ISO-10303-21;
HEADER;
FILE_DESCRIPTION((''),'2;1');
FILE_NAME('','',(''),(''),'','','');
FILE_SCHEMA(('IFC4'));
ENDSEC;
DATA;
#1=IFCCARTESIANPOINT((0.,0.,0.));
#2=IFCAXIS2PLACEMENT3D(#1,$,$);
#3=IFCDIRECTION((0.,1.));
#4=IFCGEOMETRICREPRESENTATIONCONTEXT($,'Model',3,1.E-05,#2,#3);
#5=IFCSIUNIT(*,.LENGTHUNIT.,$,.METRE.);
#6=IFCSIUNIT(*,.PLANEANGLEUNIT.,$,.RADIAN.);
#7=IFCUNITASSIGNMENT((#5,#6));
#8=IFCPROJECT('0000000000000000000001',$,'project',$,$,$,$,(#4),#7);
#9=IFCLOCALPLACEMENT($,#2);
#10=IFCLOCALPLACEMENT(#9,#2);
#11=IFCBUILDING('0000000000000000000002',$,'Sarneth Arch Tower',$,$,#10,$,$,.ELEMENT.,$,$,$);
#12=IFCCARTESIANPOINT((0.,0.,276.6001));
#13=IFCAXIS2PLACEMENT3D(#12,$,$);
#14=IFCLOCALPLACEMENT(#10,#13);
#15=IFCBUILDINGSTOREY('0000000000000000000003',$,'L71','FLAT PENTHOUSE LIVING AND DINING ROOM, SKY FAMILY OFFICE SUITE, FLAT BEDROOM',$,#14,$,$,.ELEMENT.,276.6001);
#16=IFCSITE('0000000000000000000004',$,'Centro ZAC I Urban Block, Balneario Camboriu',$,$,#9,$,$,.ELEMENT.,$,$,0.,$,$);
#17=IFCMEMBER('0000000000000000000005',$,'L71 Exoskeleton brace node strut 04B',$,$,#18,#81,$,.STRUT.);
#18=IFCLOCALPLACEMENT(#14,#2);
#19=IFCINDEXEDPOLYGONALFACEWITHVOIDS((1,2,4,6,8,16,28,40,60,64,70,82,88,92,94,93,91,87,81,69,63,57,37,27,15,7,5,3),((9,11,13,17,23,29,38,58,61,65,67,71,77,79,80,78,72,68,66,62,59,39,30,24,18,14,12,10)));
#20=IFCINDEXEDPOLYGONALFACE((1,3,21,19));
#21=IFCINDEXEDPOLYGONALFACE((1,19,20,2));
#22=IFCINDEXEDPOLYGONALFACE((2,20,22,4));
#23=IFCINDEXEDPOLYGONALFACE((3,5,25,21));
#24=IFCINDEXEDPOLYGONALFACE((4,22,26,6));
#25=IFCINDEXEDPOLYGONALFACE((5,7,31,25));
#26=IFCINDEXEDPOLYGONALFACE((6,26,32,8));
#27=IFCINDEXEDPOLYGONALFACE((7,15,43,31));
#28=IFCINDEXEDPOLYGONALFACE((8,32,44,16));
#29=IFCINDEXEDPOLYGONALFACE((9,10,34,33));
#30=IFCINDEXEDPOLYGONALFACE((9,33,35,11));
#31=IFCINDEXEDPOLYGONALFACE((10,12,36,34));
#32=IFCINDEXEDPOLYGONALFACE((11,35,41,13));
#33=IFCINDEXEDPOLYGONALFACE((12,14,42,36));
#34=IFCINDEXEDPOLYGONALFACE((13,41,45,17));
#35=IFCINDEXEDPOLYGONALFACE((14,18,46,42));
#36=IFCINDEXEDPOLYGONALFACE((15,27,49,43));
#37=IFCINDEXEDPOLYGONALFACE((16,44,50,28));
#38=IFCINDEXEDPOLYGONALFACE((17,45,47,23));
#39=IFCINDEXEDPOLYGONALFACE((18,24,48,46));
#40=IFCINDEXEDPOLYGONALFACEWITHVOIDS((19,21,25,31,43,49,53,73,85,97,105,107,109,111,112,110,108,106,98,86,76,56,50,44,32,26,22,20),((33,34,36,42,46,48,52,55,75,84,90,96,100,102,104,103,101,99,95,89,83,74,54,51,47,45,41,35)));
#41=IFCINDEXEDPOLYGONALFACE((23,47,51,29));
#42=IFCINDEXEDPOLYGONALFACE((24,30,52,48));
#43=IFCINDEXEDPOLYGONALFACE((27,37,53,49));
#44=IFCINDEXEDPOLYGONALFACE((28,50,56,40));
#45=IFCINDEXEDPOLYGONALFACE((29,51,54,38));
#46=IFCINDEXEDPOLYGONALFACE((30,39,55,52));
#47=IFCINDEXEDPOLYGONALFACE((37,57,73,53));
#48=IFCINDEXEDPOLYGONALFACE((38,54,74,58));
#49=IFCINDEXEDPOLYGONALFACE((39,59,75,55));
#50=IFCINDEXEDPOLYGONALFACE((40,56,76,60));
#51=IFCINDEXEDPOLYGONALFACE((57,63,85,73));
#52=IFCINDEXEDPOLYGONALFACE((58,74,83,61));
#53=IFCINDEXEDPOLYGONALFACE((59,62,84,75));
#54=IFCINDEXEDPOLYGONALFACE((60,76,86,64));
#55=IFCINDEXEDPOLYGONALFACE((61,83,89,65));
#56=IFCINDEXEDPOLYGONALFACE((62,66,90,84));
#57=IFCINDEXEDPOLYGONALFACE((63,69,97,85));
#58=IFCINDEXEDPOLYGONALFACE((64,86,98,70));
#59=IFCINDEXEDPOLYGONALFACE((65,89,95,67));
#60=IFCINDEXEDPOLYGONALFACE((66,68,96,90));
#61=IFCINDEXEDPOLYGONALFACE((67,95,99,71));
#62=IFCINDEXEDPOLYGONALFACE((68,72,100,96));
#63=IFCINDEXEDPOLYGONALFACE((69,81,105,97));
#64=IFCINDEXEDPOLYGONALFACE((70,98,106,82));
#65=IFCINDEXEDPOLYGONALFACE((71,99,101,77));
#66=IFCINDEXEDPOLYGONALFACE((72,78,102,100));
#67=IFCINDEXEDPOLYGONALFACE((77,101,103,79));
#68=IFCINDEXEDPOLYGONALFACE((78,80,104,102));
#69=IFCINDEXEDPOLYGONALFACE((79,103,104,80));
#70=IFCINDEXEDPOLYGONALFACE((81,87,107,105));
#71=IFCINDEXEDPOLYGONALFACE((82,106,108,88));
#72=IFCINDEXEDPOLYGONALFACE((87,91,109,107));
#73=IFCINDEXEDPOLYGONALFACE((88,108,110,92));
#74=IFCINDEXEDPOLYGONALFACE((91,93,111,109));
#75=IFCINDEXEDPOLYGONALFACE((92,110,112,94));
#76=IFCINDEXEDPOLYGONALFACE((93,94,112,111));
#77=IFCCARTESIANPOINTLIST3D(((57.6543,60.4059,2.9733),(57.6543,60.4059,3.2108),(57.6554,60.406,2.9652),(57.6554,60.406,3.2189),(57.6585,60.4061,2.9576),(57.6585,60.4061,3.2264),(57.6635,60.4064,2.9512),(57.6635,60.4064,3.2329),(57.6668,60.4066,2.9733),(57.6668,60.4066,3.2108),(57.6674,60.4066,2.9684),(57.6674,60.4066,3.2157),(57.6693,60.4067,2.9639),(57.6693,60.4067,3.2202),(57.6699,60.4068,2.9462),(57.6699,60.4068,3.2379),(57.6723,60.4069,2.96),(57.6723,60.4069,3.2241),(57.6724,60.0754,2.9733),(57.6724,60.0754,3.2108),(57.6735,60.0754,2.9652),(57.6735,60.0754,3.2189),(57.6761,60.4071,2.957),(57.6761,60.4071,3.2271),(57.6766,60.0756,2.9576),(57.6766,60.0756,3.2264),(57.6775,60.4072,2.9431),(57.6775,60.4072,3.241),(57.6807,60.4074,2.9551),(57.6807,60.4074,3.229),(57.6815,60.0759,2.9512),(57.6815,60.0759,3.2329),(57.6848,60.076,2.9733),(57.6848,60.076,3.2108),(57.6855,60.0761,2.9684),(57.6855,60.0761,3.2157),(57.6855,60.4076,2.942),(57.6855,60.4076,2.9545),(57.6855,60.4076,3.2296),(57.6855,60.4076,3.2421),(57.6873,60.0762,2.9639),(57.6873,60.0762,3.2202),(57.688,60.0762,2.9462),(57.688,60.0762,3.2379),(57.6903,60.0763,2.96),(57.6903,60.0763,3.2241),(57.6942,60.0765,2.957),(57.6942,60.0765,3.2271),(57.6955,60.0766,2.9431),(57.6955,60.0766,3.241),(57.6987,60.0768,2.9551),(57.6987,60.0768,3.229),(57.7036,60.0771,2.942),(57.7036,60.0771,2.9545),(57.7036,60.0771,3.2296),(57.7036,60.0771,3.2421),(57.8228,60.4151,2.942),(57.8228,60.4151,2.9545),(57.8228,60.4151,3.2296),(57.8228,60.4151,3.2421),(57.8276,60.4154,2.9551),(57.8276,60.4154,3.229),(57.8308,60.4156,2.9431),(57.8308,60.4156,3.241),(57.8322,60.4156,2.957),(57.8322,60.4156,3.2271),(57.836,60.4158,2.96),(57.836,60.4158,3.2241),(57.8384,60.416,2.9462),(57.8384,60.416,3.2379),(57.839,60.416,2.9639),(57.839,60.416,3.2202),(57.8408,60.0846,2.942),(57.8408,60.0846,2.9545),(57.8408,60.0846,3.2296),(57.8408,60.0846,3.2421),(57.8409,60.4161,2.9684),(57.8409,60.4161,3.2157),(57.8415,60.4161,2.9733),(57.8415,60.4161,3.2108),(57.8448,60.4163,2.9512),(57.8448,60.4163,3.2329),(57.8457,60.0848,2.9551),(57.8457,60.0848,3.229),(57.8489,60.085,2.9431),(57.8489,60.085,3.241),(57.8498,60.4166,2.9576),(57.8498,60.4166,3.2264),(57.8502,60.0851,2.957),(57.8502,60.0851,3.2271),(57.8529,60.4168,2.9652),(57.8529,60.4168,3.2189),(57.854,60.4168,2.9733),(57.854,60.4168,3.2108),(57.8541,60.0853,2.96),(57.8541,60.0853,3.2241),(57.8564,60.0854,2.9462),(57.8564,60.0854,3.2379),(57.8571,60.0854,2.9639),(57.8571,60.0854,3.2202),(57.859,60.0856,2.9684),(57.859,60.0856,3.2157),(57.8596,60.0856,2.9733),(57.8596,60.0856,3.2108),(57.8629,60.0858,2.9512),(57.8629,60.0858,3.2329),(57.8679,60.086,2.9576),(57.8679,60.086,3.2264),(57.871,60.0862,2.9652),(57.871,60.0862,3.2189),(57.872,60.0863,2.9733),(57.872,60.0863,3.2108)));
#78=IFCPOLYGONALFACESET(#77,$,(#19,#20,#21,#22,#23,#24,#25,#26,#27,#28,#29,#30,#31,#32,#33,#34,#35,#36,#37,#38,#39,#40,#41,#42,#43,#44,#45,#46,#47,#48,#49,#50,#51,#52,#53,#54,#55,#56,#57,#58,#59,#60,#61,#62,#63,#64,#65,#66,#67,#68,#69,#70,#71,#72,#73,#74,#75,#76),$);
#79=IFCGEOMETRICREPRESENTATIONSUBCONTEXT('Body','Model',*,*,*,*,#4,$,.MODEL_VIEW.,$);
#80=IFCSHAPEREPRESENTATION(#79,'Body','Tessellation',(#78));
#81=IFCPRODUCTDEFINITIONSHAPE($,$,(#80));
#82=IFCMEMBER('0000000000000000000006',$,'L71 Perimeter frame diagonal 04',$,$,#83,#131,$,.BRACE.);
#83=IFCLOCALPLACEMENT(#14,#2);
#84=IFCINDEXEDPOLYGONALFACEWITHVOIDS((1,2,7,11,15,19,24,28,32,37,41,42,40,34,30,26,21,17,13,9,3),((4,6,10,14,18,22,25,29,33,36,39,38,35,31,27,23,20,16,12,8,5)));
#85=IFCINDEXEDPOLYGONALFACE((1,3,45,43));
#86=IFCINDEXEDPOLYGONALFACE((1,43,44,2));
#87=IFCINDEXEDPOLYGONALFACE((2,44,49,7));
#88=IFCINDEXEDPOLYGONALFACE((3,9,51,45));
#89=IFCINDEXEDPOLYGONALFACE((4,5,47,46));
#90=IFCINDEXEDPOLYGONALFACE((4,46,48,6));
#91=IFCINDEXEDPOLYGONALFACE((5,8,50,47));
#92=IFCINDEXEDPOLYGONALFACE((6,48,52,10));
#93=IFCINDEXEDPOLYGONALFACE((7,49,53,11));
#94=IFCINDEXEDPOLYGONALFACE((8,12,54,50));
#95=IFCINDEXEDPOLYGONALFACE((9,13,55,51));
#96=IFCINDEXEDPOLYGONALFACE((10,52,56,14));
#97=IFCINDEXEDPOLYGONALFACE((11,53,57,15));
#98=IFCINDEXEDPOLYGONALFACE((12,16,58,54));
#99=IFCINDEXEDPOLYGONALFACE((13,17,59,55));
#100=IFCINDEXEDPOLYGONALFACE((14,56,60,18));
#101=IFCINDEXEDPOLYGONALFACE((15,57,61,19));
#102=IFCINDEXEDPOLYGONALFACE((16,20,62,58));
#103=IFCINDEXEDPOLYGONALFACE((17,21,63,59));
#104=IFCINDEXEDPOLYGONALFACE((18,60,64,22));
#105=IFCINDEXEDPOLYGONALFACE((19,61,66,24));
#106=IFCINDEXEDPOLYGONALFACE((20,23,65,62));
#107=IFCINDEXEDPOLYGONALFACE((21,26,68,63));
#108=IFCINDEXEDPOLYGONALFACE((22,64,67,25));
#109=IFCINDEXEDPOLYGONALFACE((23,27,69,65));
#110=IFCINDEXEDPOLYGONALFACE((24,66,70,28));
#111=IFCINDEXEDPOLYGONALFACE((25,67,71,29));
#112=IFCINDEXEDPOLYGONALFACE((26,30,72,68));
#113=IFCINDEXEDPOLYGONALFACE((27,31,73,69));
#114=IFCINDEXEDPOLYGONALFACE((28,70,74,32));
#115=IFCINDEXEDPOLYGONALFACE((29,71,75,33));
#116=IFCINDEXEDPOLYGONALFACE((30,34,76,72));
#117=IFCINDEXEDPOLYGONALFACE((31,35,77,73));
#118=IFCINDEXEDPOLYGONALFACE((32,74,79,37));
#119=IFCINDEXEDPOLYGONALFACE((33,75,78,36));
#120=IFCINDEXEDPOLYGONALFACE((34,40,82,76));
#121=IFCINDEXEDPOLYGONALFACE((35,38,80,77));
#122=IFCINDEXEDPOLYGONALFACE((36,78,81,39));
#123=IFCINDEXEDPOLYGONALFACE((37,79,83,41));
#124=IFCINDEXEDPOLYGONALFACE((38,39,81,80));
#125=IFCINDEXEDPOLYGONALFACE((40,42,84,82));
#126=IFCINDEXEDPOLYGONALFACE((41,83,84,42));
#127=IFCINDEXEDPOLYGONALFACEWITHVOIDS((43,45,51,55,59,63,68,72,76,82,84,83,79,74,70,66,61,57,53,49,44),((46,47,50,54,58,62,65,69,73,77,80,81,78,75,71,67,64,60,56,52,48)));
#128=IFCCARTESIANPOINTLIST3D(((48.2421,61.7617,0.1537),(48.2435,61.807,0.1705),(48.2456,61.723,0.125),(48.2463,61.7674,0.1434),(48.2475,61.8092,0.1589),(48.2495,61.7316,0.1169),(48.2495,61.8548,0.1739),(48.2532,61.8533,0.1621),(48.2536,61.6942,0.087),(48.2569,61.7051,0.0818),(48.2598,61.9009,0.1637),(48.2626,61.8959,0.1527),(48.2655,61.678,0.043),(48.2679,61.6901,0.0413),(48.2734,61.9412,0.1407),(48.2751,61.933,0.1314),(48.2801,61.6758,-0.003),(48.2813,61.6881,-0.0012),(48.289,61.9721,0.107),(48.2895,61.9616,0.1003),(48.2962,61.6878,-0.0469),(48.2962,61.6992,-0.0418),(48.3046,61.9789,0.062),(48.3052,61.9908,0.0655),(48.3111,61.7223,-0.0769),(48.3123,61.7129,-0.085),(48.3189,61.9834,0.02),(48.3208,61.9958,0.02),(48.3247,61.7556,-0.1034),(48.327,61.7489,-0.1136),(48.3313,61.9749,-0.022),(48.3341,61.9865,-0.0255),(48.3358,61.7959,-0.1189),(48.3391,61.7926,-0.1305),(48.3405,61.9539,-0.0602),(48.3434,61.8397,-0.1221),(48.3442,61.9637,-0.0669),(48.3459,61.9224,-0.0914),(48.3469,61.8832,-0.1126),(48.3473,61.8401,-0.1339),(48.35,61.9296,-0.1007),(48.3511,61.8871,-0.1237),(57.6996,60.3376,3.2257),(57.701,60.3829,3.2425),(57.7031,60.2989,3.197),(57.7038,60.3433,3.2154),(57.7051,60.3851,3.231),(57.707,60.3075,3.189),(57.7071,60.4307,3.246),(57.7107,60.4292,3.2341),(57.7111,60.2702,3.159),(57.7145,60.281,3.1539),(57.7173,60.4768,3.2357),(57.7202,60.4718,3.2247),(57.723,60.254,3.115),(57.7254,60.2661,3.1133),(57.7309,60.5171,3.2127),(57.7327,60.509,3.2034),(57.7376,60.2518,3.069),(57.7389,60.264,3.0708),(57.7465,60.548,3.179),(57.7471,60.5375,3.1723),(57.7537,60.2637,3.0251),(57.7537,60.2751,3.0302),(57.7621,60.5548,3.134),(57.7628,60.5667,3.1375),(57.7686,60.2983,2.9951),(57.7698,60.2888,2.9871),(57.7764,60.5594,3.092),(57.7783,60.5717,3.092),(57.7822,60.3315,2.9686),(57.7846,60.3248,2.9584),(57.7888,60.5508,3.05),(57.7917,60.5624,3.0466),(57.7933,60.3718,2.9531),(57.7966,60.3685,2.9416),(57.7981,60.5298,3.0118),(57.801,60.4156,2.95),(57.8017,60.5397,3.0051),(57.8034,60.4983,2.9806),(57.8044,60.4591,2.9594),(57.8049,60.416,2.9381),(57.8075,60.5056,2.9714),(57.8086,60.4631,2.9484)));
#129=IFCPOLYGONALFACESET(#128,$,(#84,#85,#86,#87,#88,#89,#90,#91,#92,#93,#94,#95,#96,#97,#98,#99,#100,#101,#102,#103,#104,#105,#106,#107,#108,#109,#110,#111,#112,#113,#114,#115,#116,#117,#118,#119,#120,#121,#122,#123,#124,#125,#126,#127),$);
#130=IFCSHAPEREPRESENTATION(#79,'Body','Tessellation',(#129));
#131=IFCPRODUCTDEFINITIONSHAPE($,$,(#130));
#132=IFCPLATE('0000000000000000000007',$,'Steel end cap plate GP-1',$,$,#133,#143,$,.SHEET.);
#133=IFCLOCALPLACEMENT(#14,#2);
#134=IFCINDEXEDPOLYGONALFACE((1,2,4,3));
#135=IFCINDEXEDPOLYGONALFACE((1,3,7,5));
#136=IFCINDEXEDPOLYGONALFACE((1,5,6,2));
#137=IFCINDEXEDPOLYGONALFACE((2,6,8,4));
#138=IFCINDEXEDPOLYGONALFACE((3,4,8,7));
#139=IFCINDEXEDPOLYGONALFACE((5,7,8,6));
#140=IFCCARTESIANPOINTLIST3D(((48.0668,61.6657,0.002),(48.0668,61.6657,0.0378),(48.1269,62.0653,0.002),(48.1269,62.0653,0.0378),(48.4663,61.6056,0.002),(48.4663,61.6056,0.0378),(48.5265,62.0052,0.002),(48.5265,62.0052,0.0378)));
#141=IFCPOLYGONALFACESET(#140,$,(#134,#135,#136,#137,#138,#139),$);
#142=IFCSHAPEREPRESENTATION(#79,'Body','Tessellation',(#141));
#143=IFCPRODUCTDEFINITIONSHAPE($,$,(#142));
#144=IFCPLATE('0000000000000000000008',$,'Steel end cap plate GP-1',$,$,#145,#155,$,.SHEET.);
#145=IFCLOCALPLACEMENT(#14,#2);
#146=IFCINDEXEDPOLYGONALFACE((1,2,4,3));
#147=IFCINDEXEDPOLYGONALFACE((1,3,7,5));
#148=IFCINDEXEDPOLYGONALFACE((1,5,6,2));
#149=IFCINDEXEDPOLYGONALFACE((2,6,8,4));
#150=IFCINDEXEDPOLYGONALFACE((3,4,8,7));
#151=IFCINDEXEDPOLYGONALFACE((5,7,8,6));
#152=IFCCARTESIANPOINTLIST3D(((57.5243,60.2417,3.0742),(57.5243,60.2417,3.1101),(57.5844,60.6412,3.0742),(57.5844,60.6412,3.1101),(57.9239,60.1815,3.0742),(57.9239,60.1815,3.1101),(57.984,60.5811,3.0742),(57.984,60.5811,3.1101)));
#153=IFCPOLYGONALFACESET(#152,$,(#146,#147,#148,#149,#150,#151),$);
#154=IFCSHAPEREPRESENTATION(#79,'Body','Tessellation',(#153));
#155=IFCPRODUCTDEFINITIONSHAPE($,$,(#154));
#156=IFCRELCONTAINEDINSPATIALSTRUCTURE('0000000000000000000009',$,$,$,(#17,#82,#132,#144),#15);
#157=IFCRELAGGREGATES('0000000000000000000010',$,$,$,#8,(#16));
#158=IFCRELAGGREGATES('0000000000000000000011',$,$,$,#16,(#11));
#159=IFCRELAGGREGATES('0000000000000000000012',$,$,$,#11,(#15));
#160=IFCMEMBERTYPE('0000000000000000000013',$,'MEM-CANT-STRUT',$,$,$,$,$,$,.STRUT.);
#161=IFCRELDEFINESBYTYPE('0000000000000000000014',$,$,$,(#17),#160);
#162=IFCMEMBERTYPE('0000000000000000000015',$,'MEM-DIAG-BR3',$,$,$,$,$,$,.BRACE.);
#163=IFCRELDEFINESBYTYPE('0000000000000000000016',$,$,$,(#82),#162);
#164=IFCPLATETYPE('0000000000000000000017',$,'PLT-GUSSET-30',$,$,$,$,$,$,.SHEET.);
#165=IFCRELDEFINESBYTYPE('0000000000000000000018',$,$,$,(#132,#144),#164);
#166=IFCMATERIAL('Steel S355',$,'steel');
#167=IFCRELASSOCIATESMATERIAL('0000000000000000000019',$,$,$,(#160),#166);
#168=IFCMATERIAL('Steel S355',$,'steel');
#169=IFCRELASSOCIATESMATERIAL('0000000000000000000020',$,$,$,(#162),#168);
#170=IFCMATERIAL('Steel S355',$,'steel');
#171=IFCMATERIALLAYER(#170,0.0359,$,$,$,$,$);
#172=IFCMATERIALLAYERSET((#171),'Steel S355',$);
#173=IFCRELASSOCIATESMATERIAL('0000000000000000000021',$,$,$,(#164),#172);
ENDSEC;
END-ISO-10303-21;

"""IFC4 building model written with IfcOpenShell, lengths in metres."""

from ifc_helpers import new_model, si_unit, direction, frame, origin, origin_2d, place, context, subcontext, project, spatial, rectangle, hollow_rectangle, hollow_circle, extrude, material, layer, layer_set, material_profile, profile_set, type_object, element, save


model = new_model("IFC4")

# Units and contexts
model_context = context("Model", 3, precision=1e-05, world=origin(), true_north=direction((0.0, 1.0)))
body_context = subcontext(model_context, "Body", "Model", "MODEL_VIEW")
ifc_project = project(units=[si_unit("LENGTHUNIT", "METRE"), si_unit("PLANEANGLEUNIT", "RADIAN")], contexts=[model_context])

# Site, building, storey
site_placement = place(None, origin())
site = spatial("IfcSite", under=ifc_project, at=site_placement, Name="Centro ZAC I Urban Block, Balneario Camboriu", CompositionType="ELEMENT", RefElevation=0.0)
building_placement = place(site_placement, origin())
building = spatial("IfcBuilding", under=site, at=building_placement, Name="Sarneth Arch Tower", CompositionType="ELEMENT")
storey_placement = place(building_placement, frame((0.0, 0.0, 276.6001)))
storey = spatial("IfcBuildingStorey", under=building, at=storey_placement, Name="L71", Description="FLAT PENTHOUSE LIVING AND DINING ROOM, SKY FAMILY OFFICE SUITE, FLAT BEDROOM", CompositionType="ELEMENT", Elevation=276.6001)

# Members
ifc_material_1 = material(Name="Steel S355", Category="steel")
ifc_material_profile_1 = material_profile(ifc_material_1, hollow_rectangle(XDim=0.2, YDim=0.3, WallThickness=0.0125, InnerFilletRadius=0.0188, OuterFilletRadius=0.0312, at=origin_2d()), Name="RHS300x200x12.5")
ifc_profile_set_1 = profile_set([ifc_material_profile_1], Name="Steel S355")
member_type_1 = type_object("IfcMemberType", Name="MEM-CANT-STRUT", PredefinedType="STRUT", material=ifc_profile_set_1)
member_1_placement = place(storey_placement, frame((57.7722, 60.0808, 3.092), z_axis=(-0.054571, 0.99851, 0.0), x_axis=(-0.99851, -0.054571, 0.0)))
element("IfcMember", 1, at=member_1_placement, inside=storey, type_object=member_type_1, Name="L71 Exoskeleton brace node strut 04B", PredefinedType="STRUT", context=body_context, shape_type="SweptSolid", body=[
    extrude(hollow_rectangle(XDim=0.2, YDim=0.3, WallThickness=0.0125, InnerFilletRadius=0.0188, OuterFilletRadius=0.0312, at=origin_2d()), origin(), (0.0, 0.0, 1.0), 0.3311),
])
ifc_material_2 = material(Name="Steel S355", Category="steel")
ifc_material_profile_2 = material_profile(ifc_material_2, hollow_circle(Radius=0.1621, WallThickness=0.0125, at=origin_2d()), Name="CHS324x12.5")
ifc_profile_set_2 = profile_set([ifc_material_profile_2], Name="Steel S355")
member_type_2 = type_object("IfcMemberType", Name="MEM-DIAG-BR3", PredefinedType="BRACE", material=ifc_profile_set_2)
member_2_placement = place(storey_placement, frame((48.2966, 61.8354, 0.02), z_axis=(0.941478, -0.141764, 0.305814), x_axis=(0.148897, 0.988853, 0.0)))
element("IfcMember", 2, at=member_2_placement, inside=storey, type_object=member_type_2, Name="L71 Perimeter frame diagonal 04", PredefinedType="BRACE", context=body_context, shape_type="SweptSolid", body=[
    extrude(hollow_circle(Radius=0.1621, WallThickness=0.0125, at=origin_2d()), origin(), (0.0, 0.0, 1.0), 10.0454),
])

# Plates
ifc_material_3 = material(Name="Steel S355", Category="steel")
ifc_layer_1 = layer(ifc_material_3, 0.0359)
ifc_layer_set_1 = layer_set([ifc_layer_1], Name="Steel S355")
plate_type = type_object("IfcPlateType", Name="PLT-GUSSET-30", PredefinedType="SHEET", material=ifc_layer_set_1)
for number, where, z_axis, x_axis, name in (
    (3, (48.2966, 61.8354, 0.002), (0.0, 0.0, 1.0), (-0.988861, 0.148845, 0.0), "Steel end cap plate GP-1"),
    (4, (57.7542, 60.4114, 3.0742), (0.0, 0.0, 1.0), (-0.988861, 0.148845, 0.0), "Steel end cap plate GP-1"),
):
    element("IfcPlate", number, at=place(storey_placement, frame(where, z_axis=z_axis, x_axis=x_axis)), inside=storey, type_object=plate_type, Name=name, PredefinedType="SHEET", context=body_context, shape_type="SweptSolid", body=[
        extrude(rectangle(XDim=0.4041, YDim=0.4041, at=origin_2d()), origin(), (0.0, 0.0, 1.0), 0.0359),
    ])

save(model, "model.ifc")
